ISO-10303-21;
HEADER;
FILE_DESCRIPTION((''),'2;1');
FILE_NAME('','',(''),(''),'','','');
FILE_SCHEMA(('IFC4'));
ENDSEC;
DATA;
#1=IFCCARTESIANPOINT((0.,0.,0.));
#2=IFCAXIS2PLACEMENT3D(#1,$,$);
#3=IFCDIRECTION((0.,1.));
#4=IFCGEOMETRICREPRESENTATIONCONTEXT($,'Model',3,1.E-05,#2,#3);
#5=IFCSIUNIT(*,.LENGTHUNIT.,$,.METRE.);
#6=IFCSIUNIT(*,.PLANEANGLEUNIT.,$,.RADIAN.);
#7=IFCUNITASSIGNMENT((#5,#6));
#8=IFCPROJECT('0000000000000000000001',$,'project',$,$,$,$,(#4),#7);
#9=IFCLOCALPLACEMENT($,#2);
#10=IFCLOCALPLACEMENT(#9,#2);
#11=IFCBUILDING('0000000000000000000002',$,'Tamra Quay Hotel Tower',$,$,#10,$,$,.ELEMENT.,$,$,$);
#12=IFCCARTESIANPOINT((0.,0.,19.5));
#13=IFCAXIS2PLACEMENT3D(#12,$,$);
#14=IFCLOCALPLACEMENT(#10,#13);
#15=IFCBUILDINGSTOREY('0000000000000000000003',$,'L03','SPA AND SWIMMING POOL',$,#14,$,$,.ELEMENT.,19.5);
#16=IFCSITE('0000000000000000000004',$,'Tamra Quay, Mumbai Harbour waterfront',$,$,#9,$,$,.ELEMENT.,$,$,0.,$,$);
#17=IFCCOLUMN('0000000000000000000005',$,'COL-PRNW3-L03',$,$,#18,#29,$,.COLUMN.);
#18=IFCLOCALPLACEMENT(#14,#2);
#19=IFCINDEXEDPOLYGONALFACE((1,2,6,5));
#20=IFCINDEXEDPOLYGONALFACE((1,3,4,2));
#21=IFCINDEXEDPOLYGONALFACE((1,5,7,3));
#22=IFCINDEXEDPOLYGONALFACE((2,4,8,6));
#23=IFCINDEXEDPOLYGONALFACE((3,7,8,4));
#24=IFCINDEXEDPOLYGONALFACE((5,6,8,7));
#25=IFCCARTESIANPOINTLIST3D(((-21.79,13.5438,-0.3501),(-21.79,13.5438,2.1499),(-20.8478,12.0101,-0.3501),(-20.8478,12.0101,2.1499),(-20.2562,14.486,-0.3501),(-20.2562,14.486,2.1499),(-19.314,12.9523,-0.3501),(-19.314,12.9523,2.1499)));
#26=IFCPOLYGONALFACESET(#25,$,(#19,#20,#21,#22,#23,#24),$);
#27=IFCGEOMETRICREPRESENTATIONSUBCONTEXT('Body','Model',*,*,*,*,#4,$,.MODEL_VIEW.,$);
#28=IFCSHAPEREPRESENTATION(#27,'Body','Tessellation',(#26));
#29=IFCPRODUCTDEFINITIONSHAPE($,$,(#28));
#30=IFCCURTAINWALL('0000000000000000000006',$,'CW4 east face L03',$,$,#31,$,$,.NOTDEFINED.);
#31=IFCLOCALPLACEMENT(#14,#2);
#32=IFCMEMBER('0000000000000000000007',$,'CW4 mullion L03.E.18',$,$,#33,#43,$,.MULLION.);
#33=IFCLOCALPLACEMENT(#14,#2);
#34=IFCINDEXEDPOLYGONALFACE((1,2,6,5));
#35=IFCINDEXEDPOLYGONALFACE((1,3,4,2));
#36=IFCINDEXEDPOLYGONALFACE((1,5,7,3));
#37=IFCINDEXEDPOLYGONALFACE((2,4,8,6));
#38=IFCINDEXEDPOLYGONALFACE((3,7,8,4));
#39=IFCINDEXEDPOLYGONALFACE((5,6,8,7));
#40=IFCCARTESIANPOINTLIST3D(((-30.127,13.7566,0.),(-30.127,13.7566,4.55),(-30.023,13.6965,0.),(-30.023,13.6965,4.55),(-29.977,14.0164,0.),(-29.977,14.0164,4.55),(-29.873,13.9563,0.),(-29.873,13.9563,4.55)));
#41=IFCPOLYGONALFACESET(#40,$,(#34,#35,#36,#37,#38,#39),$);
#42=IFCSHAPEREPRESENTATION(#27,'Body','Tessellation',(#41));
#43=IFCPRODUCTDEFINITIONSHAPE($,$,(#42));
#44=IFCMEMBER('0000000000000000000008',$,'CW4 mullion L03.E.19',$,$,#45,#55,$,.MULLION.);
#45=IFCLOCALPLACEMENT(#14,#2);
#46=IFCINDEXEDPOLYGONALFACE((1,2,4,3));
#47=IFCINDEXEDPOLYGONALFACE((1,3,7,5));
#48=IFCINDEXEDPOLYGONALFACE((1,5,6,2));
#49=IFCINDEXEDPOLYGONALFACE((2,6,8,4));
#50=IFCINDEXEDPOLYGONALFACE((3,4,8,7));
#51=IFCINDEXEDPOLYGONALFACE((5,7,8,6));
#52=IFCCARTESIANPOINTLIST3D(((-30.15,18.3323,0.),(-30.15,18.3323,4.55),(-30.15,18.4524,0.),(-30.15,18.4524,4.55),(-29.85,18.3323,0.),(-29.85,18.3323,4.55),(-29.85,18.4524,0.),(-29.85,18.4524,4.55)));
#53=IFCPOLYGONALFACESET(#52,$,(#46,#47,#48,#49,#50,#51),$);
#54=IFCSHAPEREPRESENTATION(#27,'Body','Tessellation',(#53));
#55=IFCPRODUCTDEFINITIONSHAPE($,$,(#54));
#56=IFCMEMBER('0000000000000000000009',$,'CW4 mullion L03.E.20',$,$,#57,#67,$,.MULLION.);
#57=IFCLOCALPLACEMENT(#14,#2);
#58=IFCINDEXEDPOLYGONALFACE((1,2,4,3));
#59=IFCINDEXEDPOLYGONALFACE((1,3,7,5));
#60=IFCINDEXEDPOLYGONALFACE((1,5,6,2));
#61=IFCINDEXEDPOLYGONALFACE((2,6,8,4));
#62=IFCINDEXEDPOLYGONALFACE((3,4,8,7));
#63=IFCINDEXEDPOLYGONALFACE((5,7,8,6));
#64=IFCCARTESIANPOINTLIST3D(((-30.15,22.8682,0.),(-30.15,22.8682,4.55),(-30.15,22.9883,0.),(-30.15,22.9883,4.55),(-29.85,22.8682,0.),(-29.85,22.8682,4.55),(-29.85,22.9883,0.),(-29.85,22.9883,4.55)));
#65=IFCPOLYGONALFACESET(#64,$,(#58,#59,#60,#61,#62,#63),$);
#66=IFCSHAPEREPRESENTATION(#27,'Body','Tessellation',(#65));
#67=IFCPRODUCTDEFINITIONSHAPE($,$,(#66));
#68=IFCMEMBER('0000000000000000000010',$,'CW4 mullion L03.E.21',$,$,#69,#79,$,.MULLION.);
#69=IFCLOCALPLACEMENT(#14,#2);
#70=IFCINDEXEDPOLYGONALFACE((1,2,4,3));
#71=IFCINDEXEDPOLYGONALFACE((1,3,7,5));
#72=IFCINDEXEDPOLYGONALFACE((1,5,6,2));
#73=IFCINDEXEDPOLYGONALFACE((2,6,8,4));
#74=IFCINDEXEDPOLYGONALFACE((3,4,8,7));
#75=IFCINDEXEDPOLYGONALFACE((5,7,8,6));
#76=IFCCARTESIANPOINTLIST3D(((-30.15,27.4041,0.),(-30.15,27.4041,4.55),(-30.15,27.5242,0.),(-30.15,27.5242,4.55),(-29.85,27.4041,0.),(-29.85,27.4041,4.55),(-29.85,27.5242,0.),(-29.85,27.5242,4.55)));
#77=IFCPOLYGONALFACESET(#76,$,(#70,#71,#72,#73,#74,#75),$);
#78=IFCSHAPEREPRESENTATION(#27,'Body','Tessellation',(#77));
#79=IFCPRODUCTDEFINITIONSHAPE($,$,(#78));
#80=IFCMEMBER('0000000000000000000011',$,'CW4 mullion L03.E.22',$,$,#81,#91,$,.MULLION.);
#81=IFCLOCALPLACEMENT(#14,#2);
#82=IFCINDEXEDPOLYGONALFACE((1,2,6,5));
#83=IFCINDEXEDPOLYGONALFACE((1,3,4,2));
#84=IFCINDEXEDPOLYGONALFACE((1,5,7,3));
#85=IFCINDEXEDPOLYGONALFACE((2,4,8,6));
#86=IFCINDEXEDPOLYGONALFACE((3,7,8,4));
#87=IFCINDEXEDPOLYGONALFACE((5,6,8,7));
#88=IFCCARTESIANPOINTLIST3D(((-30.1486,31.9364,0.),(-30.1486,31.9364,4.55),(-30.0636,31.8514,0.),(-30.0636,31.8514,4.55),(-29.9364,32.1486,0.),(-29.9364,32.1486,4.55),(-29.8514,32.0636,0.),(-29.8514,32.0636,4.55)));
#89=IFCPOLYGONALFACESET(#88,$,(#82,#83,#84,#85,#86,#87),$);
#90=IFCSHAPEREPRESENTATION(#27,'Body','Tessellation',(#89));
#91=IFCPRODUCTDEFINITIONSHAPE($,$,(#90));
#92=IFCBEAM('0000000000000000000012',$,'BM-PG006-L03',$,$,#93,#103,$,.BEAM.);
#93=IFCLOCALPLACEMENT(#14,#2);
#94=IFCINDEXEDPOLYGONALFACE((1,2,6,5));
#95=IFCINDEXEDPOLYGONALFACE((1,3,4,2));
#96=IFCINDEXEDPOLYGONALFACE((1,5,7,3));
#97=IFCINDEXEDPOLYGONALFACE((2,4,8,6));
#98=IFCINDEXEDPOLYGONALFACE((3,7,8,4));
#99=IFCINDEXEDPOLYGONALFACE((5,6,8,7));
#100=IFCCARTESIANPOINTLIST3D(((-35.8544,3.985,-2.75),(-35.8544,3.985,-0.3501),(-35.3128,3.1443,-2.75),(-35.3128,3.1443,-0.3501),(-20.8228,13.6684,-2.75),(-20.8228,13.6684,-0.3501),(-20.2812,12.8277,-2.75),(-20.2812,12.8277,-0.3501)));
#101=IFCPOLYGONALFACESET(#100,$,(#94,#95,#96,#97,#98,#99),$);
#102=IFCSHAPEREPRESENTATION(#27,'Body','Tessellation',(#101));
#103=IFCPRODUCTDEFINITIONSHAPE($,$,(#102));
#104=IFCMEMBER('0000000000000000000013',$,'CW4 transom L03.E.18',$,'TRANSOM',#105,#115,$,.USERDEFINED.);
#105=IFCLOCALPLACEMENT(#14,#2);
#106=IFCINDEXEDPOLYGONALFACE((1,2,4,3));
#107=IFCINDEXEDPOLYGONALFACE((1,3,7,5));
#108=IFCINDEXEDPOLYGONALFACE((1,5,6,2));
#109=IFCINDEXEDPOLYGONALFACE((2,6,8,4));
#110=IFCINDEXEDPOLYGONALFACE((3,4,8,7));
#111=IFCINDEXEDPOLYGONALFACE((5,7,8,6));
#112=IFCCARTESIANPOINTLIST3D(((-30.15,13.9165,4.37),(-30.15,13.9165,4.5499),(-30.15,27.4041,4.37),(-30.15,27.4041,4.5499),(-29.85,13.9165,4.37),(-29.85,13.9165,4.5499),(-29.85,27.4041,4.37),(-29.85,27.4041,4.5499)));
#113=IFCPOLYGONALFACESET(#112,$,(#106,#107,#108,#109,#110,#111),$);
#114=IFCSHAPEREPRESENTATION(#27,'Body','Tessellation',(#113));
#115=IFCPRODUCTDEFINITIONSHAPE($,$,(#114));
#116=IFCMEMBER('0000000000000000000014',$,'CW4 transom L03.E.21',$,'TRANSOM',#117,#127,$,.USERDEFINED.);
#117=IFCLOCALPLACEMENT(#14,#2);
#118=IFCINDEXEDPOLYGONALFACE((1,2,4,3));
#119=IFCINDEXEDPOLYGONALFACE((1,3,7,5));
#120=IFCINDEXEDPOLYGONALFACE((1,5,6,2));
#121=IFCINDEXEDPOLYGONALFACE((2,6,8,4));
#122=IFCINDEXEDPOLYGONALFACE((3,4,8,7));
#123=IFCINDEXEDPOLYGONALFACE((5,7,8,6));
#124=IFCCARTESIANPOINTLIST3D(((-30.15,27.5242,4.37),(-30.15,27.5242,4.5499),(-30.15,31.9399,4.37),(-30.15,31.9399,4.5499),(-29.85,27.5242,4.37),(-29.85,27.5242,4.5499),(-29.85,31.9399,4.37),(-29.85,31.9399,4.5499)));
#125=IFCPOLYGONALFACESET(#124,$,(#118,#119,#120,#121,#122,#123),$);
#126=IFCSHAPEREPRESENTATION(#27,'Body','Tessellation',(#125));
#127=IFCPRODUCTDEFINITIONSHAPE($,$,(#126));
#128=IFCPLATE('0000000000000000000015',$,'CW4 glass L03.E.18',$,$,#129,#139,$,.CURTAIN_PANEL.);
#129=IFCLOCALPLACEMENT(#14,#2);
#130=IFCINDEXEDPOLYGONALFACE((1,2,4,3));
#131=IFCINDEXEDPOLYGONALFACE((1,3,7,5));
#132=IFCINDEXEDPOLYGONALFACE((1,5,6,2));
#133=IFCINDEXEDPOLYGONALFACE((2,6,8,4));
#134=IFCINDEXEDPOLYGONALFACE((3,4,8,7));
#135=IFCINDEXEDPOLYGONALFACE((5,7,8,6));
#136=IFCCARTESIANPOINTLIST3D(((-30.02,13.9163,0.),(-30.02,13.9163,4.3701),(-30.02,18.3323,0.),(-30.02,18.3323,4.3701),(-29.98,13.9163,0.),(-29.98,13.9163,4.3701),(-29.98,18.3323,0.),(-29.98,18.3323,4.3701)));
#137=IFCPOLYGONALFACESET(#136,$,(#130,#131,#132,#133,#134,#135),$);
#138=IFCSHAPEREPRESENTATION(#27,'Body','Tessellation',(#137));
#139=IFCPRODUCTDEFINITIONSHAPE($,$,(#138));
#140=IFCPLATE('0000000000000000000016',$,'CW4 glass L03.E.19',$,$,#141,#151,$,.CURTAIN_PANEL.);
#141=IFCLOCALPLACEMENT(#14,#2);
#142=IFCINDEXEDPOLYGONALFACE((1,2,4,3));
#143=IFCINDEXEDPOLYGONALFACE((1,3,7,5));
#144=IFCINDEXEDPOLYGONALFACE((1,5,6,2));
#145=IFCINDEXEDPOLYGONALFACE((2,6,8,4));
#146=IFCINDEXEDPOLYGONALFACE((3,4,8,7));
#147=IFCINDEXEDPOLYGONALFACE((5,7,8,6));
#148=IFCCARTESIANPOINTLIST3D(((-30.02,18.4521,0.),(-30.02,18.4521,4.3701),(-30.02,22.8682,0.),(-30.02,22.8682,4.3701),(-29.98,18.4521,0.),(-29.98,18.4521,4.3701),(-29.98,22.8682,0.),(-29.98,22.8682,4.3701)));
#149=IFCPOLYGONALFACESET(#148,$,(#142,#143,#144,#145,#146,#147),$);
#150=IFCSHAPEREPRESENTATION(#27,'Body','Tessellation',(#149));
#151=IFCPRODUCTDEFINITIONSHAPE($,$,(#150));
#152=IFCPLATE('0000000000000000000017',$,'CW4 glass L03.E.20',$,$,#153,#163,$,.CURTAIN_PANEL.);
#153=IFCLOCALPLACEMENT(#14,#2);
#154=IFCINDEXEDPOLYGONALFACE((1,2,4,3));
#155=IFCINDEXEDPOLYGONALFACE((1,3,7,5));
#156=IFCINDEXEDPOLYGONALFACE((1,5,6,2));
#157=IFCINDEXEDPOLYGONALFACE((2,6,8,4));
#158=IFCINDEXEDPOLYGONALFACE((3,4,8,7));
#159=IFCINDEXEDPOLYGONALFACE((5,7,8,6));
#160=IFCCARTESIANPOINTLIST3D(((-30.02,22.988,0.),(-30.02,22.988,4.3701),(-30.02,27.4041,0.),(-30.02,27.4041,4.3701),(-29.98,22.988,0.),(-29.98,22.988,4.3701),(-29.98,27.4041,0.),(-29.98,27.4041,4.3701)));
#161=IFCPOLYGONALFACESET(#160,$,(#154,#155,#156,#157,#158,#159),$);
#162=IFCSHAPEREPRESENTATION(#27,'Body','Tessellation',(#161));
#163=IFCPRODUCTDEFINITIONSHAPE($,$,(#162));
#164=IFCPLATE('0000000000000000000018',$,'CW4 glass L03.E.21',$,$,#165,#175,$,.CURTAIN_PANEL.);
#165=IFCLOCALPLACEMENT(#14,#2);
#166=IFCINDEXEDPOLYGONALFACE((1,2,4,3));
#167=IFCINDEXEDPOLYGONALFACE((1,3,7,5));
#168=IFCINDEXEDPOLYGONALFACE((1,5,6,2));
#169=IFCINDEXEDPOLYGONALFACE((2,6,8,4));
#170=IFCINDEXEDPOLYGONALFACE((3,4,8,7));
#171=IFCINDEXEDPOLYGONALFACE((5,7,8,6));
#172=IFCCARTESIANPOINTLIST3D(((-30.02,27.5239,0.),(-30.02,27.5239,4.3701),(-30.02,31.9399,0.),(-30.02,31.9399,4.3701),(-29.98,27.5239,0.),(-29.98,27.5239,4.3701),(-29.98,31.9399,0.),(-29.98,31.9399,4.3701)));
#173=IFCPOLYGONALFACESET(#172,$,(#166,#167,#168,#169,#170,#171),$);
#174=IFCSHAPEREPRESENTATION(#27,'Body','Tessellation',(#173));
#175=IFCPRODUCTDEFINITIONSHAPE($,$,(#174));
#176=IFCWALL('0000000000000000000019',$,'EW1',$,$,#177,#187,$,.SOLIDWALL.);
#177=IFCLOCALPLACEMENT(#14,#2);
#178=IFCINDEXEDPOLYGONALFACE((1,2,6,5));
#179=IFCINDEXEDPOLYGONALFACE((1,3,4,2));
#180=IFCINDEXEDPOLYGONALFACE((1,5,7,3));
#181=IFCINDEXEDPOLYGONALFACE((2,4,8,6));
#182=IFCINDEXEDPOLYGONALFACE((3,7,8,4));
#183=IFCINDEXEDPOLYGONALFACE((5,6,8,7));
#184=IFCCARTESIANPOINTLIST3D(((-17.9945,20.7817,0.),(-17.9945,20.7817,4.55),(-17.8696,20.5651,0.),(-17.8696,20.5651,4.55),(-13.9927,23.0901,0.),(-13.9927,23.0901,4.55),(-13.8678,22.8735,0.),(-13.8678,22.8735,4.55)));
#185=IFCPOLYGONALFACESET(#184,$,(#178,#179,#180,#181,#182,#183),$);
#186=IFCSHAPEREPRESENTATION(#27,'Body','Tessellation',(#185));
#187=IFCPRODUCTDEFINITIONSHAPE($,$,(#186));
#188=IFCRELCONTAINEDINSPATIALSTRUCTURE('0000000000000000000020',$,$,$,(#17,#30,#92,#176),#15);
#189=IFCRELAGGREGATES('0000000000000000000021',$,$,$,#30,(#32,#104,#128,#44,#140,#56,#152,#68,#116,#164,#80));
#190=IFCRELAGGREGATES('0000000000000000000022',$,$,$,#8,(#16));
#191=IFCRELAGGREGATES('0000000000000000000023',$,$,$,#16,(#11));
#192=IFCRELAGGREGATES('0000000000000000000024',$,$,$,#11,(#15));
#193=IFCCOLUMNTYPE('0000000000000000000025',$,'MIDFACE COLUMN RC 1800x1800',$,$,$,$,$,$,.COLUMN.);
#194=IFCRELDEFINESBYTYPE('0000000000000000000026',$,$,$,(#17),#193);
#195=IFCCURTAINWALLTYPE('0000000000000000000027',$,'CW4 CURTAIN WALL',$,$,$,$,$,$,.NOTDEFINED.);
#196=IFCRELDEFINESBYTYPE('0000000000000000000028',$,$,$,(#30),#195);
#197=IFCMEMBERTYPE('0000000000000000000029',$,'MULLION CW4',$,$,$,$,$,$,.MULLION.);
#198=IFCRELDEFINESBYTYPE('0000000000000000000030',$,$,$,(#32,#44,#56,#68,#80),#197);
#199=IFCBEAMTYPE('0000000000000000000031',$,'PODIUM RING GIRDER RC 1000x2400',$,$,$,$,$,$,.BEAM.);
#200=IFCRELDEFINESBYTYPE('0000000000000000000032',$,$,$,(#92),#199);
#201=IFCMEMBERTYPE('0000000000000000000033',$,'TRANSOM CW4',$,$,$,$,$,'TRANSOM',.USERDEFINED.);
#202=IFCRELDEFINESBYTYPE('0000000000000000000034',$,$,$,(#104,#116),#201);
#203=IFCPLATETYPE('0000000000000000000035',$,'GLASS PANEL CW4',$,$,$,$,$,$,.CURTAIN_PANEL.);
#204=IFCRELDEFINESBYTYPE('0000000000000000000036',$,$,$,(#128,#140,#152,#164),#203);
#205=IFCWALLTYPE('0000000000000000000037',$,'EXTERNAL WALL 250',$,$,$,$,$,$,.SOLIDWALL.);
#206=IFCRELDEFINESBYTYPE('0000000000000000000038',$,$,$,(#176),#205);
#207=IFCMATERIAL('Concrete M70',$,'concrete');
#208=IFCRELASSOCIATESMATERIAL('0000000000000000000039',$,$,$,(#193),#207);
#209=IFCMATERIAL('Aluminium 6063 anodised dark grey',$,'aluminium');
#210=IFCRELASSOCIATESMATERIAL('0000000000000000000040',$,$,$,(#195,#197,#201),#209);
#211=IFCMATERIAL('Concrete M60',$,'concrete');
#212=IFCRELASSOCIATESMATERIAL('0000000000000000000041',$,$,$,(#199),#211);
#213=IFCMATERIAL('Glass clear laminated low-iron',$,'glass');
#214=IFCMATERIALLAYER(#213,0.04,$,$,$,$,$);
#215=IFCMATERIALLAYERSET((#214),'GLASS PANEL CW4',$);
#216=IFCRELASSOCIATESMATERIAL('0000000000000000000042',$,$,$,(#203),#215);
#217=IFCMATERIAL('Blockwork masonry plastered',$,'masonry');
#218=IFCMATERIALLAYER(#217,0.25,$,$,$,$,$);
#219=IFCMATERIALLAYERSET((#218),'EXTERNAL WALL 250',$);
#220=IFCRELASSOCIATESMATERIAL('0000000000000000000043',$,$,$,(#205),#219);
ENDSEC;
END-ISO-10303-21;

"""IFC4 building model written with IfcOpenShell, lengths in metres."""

from ifc_helpers import new_model, si_unit, direction, frame, frame_2d, origin, origin_2d, place, context, subcontext, project, spatial, rectangle, extrude, material, layer, layer_set, material_profile, profile_set, type_object, element, aggregate, save


model = new_model("IFC4")

# Units and contexts
model_context = context("Model", 3, precision=1e-05, world=origin(), true_north=direction((0.0, 1.0)))
body_context = subcontext(model_context, "Body", "Model", "MODEL_VIEW")
ifc_project = project(units=[si_unit("LENGTHUNIT", "METRE"), si_unit("PLANEANGLEUNIT", "RADIAN")], contexts=[model_context])

# Site, building, storey
site_placement = place(None, origin())
site = spatial("IfcSite", under=ifc_project, at=site_placement, Name="Tamra Quay, Mumbai Harbour waterfront", CompositionType="ELEMENT", RefElevation=0.0)
building_placement = place(site_placement, origin())
building = spatial("IfcBuilding", under=site, at=building_placement, Name="Tamra Quay Hotel Tower", CompositionType="ELEMENT")
storey_placement = place(building_placement, frame((0.0, 0.0, 19.5)))
storey = spatial("IfcBuildingStorey", under=building, at=storey_placement, Name="L03", Description="SPA AND SWIMMING POOL", CompositionType="ELEMENT", Elevation=19.5)

# Column
ifc_material_1 = material(Name="Concrete M70", Category="concrete")
ifc_material_profile_1 = material_profile(ifc_material_1, rectangle(XDim=1.8, YDim=1.8, at=origin_2d()), Name="MIDFACE COLUMN RC 1800x1800")
ifc_profile_set_1 = profile_set([ifc_material_profile_1], Name="Concrete M70")
column_type = type_object("IfcColumnType", Name="MIDFACE COLUMN RC 1800x1800", PredefinedType="COLUMN", material=ifc_profile_set_1)
column_placement = place(storey_placement, frame((-20.552, 13.248, -0.3501), z_axis=(0.0, 0.0, 1.0), x_axis=(-0.52343, 0.852069, 0.0)))
element("IfcColumn", 1, at=column_placement, inside=storey, type_object=column_type, Name="COL-PRNW3-L03", PredefinedType="COLUMN", context=body_context, shape_type="SweptSolid", body=[
    extrude(rectangle(XDim=1.8, YDim=1.8, at=origin_2d()), origin(), (0.0, 0.0, 1.0), 2.5),
])

# Curtain wall, members
ifc_material_2 = material(Name="Aluminium 6063 anodised dark grey", Category="aluminium")
curtain_wall_type = type_object("IfcCurtainWallType", Name="CW4 CURTAIN WALL", PredefinedType="NOTDEFINED", material=ifc_material_2)
curtain_wall_placement = place(storey_placement, origin())
curtain_wall = element("IfcCurtainWall", 2, at=curtain_wall_placement, inside=storey, type_object=curtain_wall_type, Name="CW4 east face L03", PredefinedType="NOTDEFINED")
ifc_material_profile_2 = material_profile(ifc_material_2, rectangle(XDim=0.3, YDim=0.1201, at=origin_2d()), Name="MULLION 120X300")
ifc_profile_set_2 = profile_set([ifc_material_profile_2], Name="Aluminium 6063 anodised dark grey")
member_type_1 = type_object("IfcMemberType", Name="MULLION CW4", PredefinedType="MULLION", material=ifc_profile_set_2)
member_1_placement = place(storey_placement, frame((-30.0, 13.8564, 0.0), z_axis=(0.0, 0.0, 1.0), x_axis=(0.500164, 0.865931, 0.0)))
member_1 = element("IfcMember", 3, at=member_1_placement, type_object=member_type_1, Name="CW4 mullion L03.E.18", PredefinedType="MULLION", context=body_context, shape_type="SweptSolid", body=[
    extrude(rectangle(XDim=0.3, YDim=0.1201, at=origin_2d()), origin(), (0.0, 0.0, 1.0), 4.55),
])
member_2_placement = place(storey_placement, frame((-30.0, 18.3923, 0.0), z_axis=(0.0, 0.0, 1.0), x_axis=(1.0, 0.0, 0.0)))
member_2 = element("IfcMember", 4, at=member_2_placement, type_object=member_type_1, Name="CW4 mullion L03.E.19", PredefinedType="MULLION", context=body_context, shape_type="SweptSolid", body=[
    extrude(rectangle(XDim=0.3, YDim=0.1201, at=origin_2d()), origin(), (0.0, 0.0, 1.0), 4.55),
])
member_3_placement = place(storey_placement, frame((-30.0, 22.9282, 0.0), z_axis=(0.0, 0.0, 1.0), x_axis=(1.0, 0.0, 0.0)))
member_3 = element("IfcMember", 5, at=member_3_placement, type_object=member_type_1, Name="CW4 mullion L03.E.20", PredefinedType="MULLION", context=body_context, shape_type="SweptSolid", body=[
    extrude(rectangle(XDim=0.3, YDim=0.1201, at=origin_2d()), origin(), (0.0, 0.0, 1.0), 4.55),
])
member_4_placement = place(storey_placement, frame((-30.0, 27.4641, 0.0), z_axis=(0.0, 0.0, 1.0), x_axis=(1.0, 0.0, 0.0)))
member_4 = element("IfcMember", 6, at=member_4_placement, type_object=member_type_1, Name="CW4 mullion L03.E.21", PredefinedType="MULLION", context=body_context, shape_type="SweptSolid", body=[
    extrude(rectangle(XDim=0.3, YDim=0.1201, at=origin_2d()), origin(), (0.0, 0.0, 1.0), 4.55),
])
member_5_placement = place(storey_placement, frame((-30.0, 32.0, 0.0), z_axis=(0.0, 0.0, 1.0), x_axis=(0.707107, 0.707107, 0.0)))
member_5 = element("IfcMember", 7, at=member_5_placement, type_object=member_type_1, Name="CW4 mullion L03.E.22", PredefinedType="MULLION", context=body_context, shape_type="SweptSolid", body=[
    extrude(rectangle(XDim=0.3, YDim=0.1201, at=origin_2d()), origin(), (0.0, 0.0, 1.0), 4.55),
])

# Beam
ifc_material_3 = material(Name="Concrete M60", Category="concrete")
ifc_material_profile_3 = material_profile(ifc_material_3, rectangle(XDim=1.0, YDim=2.3999, at=origin_2d()), Name="PODIUM RING GIRDER RC 1000x2400")
ifc_profile_set_3 = profile_set([ifc_material_profile_3], Name="Concrete M60")
beam_type = type_object("IfcBeamType", Name="PODIUM RING GIRDER RC 1000x2400", PredefinedType="BEAM", material=ifc_profile_set_3)
beam_placement = place(storey_placement, frame((-20.552, 13.248, -1.55), z_axis=(-0.840663, -0.541559, 0.0), x_axis=(0.541559, -0.840663, 0.0)))
element("IfcBeam", 8, at=beam_placement, inside=storey, type_object=beam_type, Name="BM-PG006-L03", PredefinedType="BEAM", context=body_context, shape_type="SweptSolid", body=[
    extrude(rectangle(XDim=1.0, YDim=2.3999, at=origin_2d()), origin(), (0.0, 0.0, 1.0), 17.8806),
])

# Members
ifc_material_profile_4 = material_profile(ifc_material_2, rectangle(XDim=0.3, YDim=0.1799, at=origin_2d()), Name="TRANSOM 300X180")
ifc_profile_set_4 = profile_set([ifc_material_profile_4], Name="Aluminium 6063 anodised dark grey")
member_type_2 = type_object("IfcMemberType", Name="TRANSOM CW4", ElementType="TRANSOM", PredefinedType="USERDEFINED", material=ifc_profile_set_4)
member_6_placement = place(storey_placement, frame((-30.0, 13.9165, 4.46), z_axis=(0.0, 1.0, 0.0), x_axis=(-1.0, 0.0, 0.0)))
member_6 = element("IfcMember", 9, at=member_6_placement, type_object=member_type_2, Name="CW4 transom L03.E.18", ObjectType="TRANSOM", PredefinedType="USERDEFINED", context=body_context, shape_type="SweptSolid", body=[
    extrude(rectangle(XDim=0.3, YDim=0.1799, at=origin_2d()), origin(), (0.0, 0.0, 1.0), 13.4875),
])
member_7_placement = place(storey_placement, frame((-30.0, 27.5242, 4.46), z_axis=(0.0, 1.0, 0.0), x_axis=(-1.0, 0.0, 0.0)))
member_7 = element("IfcMember", 10, at=member_7_placement, type_object=member_type_2, Name="CW4 transom L03.E.21", ObjectType="TRANSOM", PredefinedType="USERDEFINED", context=body_context, shape_type="SweptSolid", body=[
    extrude(rectangle(XDim=0.3, YDim=0.1799, at=origin_2d()), origin(), (0.0, 0.0, 1.0), 4.4158),
])

# Plates
ifc_material_4 = material(Name="Glass clear laminated low-iron", Category="glass")
ifc_layer_1 = layer(ifc_material_4, 0.04)
ifc_layer_set_1 = layer_set([ifc_layer_1], Name="GLASS PANEL CW4")
plate_type = type_object("IfcPlateType", Name="GLASS PANEL CW4", PredefinedType="CURTAIN_PANEL", material=ifc_layer_set_1)
plate_1_placement = place(storey_placement, frame((-30.0, 16.1243, 0.0), z_axis=(0.0, 0.0, 1.0), x_axis=(0.0, 1.0, 0.0)))
plate_1 = element("IfcPlate", 11, at=plate_1_placement, type_object=plate_type, Name="CW4 glass L03.E.18", PredefinedType="CURTAIN_PANEL", context=body_context, shape_type="SweptSolid", body=[
    extrude(rectangle(XDim=4.416, YDim=0.04, at=origin_2d()), origin(), (0.0, 0.0, 1.0), 4.3701),
])
plate_2_placement = place(storey_placement, frame((-30.0, 20.6602, 0.0), z_axis=(0.0, 0.0, 1.0), x_axis=(0.0, 1.0, 0.0)))
plate_2 = element("IfcPlate", 12, at=plate_2_placement, type_object=plate_type, Name="CW4 glass L03.E.19", PredefinedType="CURTAIN_PANEL", context=body_context, shape_type="SweptSolid", body=[
    extrude(rectangle(XDim=4.416, YDim=0.04, at=origin_2d()), origin(), (0.0, 0.0, 1.0), 4.3701),
])
plate_3_placement = place(storey_placement, frame((-30.0, 25.196, 0.0), z_axis=(0.0, 0.0, 1.0), x_axis=(0.0, 1.0, 0.0)))
plate_3 = element("IfcPlate", 13, at=plate_3_placement, type_object=plate_type, Name="CW4 glass L03.E.20", PredefinedType="CURTAIN_PANEL", context=body_context, shape_type="SweptSolid", body=[
    extrude(rectangle(XDim=4.416, YDim=0.04, at=origin_2d()), origin(), (0.0, 0.0, 1.0), 4.3701),
])
plate_4_placement = place(storey_placement, frame((-30.0, 29.7319, 0.0), z_axis=(0.0, 0.0, 1.0), x_axis=(0.0, 1.0, 0.0)))
plate_4 = element("IfcPlate", 14, at=plate_4_placement, type_object=plate_type, Name="CW4 glass L03.E.21", PredefinedType="CURTAIN_PANEL", context=body_context, shape_type="SweptSolid", body=[
    extrude(rectangle(XDim=4.416, YDim=0.04, at=origin_2d()), origin(), (0.0, 0.0, 1.0), 4.3701),
])
aggregate(curtain_wall, [member_1, member_6, plate_1, member_2, plate_2, member_3, plate_3, member_4, member_7, plate_4, member_5])

# Wall
ifc_material_5 = material(Name="Blockwork masonry plastered", Category="masonry")
ifc_layer_2 = layer(ifc_material_5, 0.25)
ifc_layer_set_2 = layer_set([ifc_layer_2], Name="EXTERNAL WALL 250")
wall_type_1 = type_object("IfcWallType", Name="EXTERNAL WALL 250", PredefinedType="SOLIDWALL", material=ifc_layer_set_2)
wall_1_placement = place(storey_placement, frame((-17.9321, 20.6733, 0.0), z_axis=(0.0, 0.0, 1.0), x_axis=(0.866216, 0.499669, 0.0)))
element("IfcWall", 15, at=wall_1_placement, inside=storey, type_object=wall_type_1, Name="EW1", PredefinedType="SOLIDWALL", context=body_context, shape_type="SweptSolid", body=[
    extrude(rectangle(XDim=4.6199, YDim=0.25, at=frame_2d((2.3101, 0.0))), origin(), (0.0, 0.0, 1.0), 4.55),
])

save(model, "model.ifc")
